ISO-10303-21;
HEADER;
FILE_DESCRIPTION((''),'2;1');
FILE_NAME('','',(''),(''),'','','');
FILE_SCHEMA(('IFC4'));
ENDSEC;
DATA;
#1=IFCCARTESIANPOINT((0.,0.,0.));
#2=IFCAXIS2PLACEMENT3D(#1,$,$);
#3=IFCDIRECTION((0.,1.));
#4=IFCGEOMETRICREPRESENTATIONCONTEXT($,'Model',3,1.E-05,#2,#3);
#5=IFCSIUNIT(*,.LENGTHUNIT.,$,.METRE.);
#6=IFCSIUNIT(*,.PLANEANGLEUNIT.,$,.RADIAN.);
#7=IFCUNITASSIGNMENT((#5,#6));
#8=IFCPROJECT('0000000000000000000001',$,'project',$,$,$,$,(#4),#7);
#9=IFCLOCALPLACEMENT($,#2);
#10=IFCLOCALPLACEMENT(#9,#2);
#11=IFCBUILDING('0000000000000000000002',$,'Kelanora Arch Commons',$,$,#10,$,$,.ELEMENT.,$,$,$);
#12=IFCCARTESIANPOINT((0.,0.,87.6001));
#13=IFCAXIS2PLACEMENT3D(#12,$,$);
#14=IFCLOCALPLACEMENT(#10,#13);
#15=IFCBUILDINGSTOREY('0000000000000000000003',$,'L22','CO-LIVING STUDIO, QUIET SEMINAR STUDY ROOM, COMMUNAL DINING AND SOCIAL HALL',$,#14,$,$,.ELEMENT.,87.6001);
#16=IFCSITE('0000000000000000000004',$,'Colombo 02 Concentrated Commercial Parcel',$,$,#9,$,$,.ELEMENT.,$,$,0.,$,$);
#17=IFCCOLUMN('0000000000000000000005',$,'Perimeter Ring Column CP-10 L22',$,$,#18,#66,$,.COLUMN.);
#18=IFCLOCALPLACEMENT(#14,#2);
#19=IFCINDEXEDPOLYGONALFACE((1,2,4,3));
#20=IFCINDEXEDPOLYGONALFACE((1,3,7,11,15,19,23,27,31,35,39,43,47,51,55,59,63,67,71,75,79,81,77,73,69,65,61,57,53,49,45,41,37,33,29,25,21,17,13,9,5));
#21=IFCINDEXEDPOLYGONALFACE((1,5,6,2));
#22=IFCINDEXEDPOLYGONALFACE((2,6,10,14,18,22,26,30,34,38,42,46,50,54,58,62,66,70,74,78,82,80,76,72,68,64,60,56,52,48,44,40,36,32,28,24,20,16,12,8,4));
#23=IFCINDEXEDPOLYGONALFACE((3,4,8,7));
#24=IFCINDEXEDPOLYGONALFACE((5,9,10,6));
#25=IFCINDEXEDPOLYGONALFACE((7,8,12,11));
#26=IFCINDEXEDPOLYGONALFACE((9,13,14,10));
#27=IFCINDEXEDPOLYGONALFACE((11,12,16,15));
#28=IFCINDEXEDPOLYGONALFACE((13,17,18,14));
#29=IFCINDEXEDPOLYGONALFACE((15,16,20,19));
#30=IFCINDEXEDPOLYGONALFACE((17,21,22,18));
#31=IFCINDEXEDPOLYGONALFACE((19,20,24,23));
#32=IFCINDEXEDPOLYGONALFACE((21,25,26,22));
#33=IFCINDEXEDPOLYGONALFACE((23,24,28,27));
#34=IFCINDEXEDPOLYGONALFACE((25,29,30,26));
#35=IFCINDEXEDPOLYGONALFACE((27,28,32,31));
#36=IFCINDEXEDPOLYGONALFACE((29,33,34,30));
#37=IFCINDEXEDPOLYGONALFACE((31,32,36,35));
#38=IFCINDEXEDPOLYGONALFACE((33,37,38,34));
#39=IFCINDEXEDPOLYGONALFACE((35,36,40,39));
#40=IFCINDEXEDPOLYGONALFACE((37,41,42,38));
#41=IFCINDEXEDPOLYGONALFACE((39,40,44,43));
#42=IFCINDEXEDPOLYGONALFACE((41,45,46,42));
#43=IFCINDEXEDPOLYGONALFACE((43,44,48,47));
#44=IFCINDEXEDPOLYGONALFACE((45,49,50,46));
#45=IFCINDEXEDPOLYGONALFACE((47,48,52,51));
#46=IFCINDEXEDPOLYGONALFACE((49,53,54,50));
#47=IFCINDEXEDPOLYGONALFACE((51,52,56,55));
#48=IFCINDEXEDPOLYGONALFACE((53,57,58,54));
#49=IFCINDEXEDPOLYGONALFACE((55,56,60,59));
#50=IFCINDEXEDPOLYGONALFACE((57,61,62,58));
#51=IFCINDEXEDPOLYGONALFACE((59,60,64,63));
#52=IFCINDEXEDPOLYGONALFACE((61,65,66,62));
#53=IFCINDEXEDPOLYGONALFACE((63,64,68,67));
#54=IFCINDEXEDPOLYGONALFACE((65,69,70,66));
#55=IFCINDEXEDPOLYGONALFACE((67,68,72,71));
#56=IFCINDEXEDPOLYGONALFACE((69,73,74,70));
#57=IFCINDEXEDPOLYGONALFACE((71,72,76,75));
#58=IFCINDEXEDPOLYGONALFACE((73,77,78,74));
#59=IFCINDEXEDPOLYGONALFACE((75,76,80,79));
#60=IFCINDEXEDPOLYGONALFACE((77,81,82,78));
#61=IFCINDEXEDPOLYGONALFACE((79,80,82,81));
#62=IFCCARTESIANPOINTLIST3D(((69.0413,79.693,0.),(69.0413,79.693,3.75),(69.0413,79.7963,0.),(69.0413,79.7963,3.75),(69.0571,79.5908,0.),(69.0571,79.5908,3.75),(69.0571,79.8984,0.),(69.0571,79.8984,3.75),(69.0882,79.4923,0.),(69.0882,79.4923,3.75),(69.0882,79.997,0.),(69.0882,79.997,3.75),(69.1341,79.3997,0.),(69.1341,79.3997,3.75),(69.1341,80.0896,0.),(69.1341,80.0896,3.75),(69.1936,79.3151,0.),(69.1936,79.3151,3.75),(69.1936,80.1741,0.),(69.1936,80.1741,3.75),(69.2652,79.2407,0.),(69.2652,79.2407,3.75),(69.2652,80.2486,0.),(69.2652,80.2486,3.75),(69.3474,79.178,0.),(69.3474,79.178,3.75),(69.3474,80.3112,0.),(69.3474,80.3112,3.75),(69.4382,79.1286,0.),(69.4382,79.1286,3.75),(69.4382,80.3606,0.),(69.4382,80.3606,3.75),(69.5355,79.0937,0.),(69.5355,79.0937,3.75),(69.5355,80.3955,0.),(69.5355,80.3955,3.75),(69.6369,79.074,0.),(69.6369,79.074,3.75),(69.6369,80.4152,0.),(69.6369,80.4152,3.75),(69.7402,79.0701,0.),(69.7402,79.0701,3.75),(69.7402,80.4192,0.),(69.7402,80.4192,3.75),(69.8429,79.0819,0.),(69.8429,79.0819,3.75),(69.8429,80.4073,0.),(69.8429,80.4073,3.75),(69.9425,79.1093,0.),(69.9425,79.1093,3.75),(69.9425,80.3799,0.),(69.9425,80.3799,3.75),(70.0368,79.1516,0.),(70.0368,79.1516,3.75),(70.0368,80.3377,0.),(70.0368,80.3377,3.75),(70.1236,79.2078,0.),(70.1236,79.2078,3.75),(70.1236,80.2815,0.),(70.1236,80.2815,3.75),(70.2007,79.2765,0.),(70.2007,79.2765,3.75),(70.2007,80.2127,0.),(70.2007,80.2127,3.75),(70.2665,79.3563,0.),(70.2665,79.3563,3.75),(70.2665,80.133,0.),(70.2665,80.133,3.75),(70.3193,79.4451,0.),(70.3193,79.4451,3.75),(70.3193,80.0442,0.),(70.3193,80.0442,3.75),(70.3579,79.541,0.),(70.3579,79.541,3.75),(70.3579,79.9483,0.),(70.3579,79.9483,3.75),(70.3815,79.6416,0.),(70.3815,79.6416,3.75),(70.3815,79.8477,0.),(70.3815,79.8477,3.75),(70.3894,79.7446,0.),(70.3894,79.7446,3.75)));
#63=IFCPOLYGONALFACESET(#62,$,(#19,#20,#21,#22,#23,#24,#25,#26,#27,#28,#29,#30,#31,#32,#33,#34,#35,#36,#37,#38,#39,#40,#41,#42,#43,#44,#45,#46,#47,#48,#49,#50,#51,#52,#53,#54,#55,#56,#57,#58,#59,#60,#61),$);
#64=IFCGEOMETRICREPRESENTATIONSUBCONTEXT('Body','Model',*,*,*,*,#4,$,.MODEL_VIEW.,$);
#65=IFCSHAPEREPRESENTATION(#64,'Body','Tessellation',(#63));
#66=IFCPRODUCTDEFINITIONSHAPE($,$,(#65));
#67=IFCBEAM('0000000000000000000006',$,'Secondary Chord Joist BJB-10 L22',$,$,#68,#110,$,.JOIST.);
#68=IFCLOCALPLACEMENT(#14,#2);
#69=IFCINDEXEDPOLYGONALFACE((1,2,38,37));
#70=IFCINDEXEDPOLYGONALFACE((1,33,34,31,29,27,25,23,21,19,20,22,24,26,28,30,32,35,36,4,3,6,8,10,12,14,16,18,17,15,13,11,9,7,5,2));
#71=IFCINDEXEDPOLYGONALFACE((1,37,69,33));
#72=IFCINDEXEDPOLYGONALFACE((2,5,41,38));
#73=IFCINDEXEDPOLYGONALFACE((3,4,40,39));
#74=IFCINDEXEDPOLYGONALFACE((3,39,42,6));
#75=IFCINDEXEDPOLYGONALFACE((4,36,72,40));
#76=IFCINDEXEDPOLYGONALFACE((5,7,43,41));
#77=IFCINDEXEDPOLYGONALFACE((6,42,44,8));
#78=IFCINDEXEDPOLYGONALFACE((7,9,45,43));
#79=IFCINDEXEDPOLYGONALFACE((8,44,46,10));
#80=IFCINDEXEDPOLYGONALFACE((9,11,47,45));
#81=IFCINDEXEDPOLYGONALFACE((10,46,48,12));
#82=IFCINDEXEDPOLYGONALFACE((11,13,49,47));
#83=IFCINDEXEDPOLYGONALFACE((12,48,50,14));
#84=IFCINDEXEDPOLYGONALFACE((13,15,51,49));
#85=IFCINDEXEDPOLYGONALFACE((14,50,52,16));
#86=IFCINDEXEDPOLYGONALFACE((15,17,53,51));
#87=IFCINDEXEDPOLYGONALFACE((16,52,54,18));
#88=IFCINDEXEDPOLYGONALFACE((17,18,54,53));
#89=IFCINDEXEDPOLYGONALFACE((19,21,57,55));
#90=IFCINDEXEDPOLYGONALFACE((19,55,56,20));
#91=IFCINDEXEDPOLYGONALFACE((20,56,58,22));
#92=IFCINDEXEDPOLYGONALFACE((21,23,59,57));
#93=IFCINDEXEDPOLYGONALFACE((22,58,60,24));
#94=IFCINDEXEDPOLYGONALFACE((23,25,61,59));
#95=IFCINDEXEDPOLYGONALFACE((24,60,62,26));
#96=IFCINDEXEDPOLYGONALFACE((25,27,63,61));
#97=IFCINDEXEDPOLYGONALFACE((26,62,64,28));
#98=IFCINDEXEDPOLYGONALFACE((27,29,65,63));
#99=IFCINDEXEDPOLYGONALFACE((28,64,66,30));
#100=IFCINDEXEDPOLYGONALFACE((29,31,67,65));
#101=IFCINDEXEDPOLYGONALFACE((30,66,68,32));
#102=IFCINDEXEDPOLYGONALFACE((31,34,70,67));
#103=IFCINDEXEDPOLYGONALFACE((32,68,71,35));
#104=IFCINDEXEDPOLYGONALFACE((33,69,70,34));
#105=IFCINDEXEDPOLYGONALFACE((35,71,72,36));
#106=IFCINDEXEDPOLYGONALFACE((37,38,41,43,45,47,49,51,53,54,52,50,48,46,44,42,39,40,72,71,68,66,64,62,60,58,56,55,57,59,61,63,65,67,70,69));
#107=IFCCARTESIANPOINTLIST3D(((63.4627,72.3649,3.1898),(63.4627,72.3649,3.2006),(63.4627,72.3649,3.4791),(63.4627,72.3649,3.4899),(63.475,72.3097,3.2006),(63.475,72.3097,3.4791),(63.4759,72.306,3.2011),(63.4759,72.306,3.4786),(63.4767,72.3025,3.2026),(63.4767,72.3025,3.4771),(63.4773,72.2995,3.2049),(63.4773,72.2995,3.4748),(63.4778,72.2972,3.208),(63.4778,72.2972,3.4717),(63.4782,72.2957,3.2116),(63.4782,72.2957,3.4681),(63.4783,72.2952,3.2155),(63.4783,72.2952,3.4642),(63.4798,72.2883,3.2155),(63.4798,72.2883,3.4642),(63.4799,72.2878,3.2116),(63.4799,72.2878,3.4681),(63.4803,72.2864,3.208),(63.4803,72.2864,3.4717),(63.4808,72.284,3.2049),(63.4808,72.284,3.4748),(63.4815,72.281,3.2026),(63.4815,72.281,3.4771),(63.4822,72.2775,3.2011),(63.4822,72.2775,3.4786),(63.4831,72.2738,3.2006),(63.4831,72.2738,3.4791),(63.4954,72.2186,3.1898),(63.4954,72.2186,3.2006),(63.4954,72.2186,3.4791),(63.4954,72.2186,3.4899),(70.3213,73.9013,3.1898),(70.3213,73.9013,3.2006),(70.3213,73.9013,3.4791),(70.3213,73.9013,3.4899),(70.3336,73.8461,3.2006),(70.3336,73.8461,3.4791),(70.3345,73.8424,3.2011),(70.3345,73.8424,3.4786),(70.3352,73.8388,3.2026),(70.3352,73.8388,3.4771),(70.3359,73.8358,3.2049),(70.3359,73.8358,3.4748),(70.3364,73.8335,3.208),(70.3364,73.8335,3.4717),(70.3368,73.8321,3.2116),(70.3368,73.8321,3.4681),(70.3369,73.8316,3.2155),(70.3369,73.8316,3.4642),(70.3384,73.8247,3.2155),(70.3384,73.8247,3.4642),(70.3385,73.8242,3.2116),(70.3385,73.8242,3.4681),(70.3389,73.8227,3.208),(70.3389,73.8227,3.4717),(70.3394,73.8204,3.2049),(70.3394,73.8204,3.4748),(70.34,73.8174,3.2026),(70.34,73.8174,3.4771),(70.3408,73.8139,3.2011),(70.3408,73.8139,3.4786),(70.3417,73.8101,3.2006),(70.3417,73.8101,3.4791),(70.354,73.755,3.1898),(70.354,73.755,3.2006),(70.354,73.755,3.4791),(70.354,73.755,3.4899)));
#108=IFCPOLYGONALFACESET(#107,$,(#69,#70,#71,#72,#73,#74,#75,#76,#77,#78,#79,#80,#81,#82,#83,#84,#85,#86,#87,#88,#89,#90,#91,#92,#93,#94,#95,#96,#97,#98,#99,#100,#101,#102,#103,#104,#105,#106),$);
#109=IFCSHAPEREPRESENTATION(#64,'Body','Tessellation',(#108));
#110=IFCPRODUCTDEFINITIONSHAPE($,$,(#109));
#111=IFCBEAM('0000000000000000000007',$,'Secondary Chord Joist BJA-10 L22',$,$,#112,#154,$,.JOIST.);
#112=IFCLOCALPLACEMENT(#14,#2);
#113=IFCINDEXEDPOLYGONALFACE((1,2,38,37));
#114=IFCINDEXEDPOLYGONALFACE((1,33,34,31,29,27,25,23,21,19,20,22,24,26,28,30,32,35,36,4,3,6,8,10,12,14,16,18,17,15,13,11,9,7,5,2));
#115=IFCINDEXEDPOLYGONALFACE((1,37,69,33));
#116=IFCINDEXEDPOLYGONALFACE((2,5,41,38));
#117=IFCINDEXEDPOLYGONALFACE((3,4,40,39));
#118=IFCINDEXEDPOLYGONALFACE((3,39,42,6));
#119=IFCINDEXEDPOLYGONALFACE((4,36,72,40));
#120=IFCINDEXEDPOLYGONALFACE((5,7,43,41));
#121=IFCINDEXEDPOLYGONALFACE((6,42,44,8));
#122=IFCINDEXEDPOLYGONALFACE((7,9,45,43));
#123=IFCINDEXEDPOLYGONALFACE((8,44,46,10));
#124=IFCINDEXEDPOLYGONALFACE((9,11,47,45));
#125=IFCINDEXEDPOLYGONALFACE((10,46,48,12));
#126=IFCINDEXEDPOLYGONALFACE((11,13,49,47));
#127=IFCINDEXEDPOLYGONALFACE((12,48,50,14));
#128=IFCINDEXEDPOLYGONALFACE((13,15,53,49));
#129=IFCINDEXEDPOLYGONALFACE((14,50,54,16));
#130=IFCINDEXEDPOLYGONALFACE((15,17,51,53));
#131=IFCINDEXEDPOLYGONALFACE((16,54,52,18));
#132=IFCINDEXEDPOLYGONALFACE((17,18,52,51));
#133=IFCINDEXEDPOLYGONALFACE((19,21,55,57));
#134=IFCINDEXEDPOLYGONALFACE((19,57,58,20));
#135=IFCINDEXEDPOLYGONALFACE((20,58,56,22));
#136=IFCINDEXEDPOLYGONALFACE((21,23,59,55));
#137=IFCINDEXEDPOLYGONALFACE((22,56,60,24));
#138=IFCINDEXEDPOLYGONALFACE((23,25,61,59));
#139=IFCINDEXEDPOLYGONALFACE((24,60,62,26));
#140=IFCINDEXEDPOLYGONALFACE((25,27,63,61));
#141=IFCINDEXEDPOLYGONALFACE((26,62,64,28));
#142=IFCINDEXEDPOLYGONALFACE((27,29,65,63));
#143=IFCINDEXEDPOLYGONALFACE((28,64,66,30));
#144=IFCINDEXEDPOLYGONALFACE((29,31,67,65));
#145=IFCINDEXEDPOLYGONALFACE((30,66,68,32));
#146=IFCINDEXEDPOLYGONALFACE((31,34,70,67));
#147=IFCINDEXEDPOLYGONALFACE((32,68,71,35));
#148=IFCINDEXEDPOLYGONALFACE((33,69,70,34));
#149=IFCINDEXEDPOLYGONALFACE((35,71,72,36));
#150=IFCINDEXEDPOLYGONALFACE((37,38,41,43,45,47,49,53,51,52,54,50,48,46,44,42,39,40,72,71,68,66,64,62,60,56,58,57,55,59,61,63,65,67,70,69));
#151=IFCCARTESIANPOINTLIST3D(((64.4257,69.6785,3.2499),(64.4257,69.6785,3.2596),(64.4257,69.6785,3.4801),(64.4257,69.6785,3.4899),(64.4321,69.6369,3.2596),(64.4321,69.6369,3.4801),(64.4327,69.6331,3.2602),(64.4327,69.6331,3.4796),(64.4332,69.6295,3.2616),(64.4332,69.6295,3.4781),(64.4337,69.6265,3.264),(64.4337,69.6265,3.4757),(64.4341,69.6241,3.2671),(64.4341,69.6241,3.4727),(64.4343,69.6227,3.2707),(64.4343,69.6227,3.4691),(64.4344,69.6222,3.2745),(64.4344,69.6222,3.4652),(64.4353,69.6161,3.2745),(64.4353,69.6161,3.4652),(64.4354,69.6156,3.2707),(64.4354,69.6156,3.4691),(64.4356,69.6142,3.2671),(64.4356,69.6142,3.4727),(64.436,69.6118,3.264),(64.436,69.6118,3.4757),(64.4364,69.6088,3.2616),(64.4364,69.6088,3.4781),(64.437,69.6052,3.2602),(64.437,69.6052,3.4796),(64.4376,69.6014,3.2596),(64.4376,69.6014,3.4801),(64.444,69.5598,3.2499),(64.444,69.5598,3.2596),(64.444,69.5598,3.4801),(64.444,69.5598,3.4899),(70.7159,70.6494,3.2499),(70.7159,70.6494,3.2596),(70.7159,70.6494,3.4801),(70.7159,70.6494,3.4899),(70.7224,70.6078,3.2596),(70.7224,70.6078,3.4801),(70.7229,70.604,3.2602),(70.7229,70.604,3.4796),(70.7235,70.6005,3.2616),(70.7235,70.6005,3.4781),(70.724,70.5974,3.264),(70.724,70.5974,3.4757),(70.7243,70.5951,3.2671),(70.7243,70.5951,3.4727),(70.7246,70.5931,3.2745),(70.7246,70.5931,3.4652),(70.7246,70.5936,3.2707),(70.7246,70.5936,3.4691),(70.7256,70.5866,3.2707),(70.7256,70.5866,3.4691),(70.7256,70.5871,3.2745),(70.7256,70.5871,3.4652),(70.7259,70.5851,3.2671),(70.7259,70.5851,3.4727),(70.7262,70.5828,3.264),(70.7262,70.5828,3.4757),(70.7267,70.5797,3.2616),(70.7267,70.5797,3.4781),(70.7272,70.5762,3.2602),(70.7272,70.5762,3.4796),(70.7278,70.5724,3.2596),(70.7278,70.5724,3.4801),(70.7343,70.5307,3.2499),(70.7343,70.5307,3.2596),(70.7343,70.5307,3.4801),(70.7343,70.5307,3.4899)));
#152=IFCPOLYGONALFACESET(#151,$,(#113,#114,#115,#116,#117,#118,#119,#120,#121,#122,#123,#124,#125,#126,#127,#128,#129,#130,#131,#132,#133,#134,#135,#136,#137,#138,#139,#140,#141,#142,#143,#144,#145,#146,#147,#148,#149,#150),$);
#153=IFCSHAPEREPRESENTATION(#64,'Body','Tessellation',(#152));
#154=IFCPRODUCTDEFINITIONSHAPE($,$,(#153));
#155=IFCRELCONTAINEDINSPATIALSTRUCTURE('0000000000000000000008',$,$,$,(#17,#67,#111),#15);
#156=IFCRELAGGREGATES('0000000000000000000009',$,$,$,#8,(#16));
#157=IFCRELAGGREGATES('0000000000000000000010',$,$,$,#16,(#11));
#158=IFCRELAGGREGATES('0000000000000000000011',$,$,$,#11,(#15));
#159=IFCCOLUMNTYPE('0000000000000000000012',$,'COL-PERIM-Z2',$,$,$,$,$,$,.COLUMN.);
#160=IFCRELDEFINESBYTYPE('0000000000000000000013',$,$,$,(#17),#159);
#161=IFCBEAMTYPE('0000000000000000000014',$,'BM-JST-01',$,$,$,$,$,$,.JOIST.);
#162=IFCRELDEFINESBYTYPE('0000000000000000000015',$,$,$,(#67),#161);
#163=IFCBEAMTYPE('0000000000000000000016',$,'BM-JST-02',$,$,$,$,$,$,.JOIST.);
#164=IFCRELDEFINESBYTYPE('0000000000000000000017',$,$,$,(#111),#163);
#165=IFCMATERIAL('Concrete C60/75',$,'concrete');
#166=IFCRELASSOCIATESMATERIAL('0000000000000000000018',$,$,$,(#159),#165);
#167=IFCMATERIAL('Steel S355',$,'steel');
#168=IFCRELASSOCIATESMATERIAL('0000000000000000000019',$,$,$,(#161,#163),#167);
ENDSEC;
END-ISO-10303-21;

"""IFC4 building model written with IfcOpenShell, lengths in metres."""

from ifc_helpers import new_model, si_unit, direction, frame, origin, origin_2d, place, context, subcontext, project, spatial, circle, i_section, extrude, material, material_profile, profile_set, type_object, element, save


model = new_model("IFC4")

# Units and contexts
model_context = context("Model", 3, precision=1e-05, world=origin(), true_north=direction((0.0, 1.0)))
body_context = subcontext(model_context, "Body", "Model", "MODEL_VIEW")
ifc_project = project(units=[si_unit("LENGTHUNIT", "METRE"), si_unit("PLANEANGLEUNIT", "RADIAN")], contexts=[model_context])

# Site, building, storey
site_placement = place(None, origin())
site = spatial("IfcSite", under=ifc_project, at=site_placement, Name="Colombo 02 Concentrated Commercial Parcel", CompositionType="ELEMENT", RefElevation=0.0)
building_placement = place(site_placement, origin())
building = spatial("IfcBuilding", under=site, at=building_placement, Name="Kelanora Arch Commons", CompositionType="ELEMENT")
storey_placement = place(building_placement, frame((0.0, 0.0, 87.6001)))
storey = spatial("IfcBuildingStorey", under=building, at=storey_placement, Name="L22", Description="CO-LIVING STUDIO, QUIET SEMINAR STUDY ROOM, COMMUNAL DINING AND SOCIAL HALL", CompositionType="ELEMENT", Elevation=87.6001)

# Column
ifc_material_1 = material(Name="Concrete C60/75", Category="concrete")
ifc_material_profile_1 = material_profile(ifc_material_1, circle(Radius=0.675, at=origin_2d()), Name="RCC1350")
ifc_profile_set_1 = profile_set([ifc_material_profile_1], Name="Concrete C60/75")
column_type = type_object("IfcColumnType", Name="COL-PERIM-Z2", PredefinedType="COLUMN", material=ifc_profile_set_1)
column_placement = place(storey_placement, frame((69.7144, 79.7446, 0.0), z_axis=(0.0, 0.0, 1.0), x_axis=(1.0, 0.0, 0.0)))
element("IfcColumn", 1, at=column_placement, inside=storey, type_object=column_type, Name="Perimeter Ring Column CP-10 L22", PredefinedType="COLUMN", context=body_context, shape_type="SweptSolid", body=[
    extrude(circle(Radius=0.675, at=origin_2d()), origin(), (0.0, 0.0, 1.0), 3.75),
])

# Beams
ifc_material_2 = material(Name="Steel S355", Category="steel")
ifc_material_profile_2 = material_profile(ifc_material_2, i_section(OverallWidth=0.1499, OverallDepth=0.3, WebThickness=0.0071, FlangeThickness=0.0107, FilletRadius=0.0149, at=origin_2d()), Name="IPE300")
ifc_profile_set_2 = profile_set([ifc_material_profile_2], Name="Steel S355")
beam_type_1 = type_object("IfcBeamType", Name="BM-JST-01", PredefinedType="JOIST", material=ifc_profile_set_2)
beam_1_placement = place(storey_placement, frame((70.3376, 73.8281, 3.3398), z_axis=(-0.975817, -0.218589, 0.0), x_axis=(0.218589, -0.975817, 0.0)))
element("IfcBeam", 2, at=beam_1_placement, inside=storey, type_object=beam_type_1, Name="Secondary Chord Joist BJB-10 L22", PredefinedType="JOIST", context=body_context, shape_type="SweptSolid", body=[
    extrude(i_section(OverallWidth=0.1499, OverallDepth=0.3, WebThickness=0.0071, FlangeThickness=0.0107, FilletRadius=0.0149, at=origin_2d()), origin(), (0.0, 0.0, 1.0), 7.0286),
])
ifc_material_profile_3 = material_profile(ifc_material_2, i_section(OverallWidth=0.1201, OverallDepth=0.24, WebThickness=0.0061, FlangeThickness=0.0098, FilletRadius=0.0149, at=origin_2d()), Name="IPE240")
ifc_profile_set_3 = profile_set([ifc_material_profile_3], Name="Steel S355")
beam_type_2 = type_object("IfcBeamType", Name="BM-JST-02", PredefinedType="JOIST", material=ifc_profile_set_3)
beam_2_placement = place(storey_placement, frame((70.7251, 70.5901, 3.3699), z_axis=(-0.988296, -0.15255, 0.0), x_axis=(0.15255, -0.988296, 0.0)))
element("IfcBeam", 3, at=beam_2_placement, inside=storey, type_object=beam_type_2, Name="Secondary Chord Joist BJA-10 L22", PredefinedType="JOIST", context=body_context, shape_type="SweptSolid", body=[
    extrude(i_section(OverallWidth=0.1201, OverallDepth=0.24, WebThickness=0.0061, FlangeThickness=0.0098, FilletRadius=0.0149, at=origin_2d()), origin(), (0.0, 0.0, 1.0), 6.3647),
])

save(model, "model.ifc")
